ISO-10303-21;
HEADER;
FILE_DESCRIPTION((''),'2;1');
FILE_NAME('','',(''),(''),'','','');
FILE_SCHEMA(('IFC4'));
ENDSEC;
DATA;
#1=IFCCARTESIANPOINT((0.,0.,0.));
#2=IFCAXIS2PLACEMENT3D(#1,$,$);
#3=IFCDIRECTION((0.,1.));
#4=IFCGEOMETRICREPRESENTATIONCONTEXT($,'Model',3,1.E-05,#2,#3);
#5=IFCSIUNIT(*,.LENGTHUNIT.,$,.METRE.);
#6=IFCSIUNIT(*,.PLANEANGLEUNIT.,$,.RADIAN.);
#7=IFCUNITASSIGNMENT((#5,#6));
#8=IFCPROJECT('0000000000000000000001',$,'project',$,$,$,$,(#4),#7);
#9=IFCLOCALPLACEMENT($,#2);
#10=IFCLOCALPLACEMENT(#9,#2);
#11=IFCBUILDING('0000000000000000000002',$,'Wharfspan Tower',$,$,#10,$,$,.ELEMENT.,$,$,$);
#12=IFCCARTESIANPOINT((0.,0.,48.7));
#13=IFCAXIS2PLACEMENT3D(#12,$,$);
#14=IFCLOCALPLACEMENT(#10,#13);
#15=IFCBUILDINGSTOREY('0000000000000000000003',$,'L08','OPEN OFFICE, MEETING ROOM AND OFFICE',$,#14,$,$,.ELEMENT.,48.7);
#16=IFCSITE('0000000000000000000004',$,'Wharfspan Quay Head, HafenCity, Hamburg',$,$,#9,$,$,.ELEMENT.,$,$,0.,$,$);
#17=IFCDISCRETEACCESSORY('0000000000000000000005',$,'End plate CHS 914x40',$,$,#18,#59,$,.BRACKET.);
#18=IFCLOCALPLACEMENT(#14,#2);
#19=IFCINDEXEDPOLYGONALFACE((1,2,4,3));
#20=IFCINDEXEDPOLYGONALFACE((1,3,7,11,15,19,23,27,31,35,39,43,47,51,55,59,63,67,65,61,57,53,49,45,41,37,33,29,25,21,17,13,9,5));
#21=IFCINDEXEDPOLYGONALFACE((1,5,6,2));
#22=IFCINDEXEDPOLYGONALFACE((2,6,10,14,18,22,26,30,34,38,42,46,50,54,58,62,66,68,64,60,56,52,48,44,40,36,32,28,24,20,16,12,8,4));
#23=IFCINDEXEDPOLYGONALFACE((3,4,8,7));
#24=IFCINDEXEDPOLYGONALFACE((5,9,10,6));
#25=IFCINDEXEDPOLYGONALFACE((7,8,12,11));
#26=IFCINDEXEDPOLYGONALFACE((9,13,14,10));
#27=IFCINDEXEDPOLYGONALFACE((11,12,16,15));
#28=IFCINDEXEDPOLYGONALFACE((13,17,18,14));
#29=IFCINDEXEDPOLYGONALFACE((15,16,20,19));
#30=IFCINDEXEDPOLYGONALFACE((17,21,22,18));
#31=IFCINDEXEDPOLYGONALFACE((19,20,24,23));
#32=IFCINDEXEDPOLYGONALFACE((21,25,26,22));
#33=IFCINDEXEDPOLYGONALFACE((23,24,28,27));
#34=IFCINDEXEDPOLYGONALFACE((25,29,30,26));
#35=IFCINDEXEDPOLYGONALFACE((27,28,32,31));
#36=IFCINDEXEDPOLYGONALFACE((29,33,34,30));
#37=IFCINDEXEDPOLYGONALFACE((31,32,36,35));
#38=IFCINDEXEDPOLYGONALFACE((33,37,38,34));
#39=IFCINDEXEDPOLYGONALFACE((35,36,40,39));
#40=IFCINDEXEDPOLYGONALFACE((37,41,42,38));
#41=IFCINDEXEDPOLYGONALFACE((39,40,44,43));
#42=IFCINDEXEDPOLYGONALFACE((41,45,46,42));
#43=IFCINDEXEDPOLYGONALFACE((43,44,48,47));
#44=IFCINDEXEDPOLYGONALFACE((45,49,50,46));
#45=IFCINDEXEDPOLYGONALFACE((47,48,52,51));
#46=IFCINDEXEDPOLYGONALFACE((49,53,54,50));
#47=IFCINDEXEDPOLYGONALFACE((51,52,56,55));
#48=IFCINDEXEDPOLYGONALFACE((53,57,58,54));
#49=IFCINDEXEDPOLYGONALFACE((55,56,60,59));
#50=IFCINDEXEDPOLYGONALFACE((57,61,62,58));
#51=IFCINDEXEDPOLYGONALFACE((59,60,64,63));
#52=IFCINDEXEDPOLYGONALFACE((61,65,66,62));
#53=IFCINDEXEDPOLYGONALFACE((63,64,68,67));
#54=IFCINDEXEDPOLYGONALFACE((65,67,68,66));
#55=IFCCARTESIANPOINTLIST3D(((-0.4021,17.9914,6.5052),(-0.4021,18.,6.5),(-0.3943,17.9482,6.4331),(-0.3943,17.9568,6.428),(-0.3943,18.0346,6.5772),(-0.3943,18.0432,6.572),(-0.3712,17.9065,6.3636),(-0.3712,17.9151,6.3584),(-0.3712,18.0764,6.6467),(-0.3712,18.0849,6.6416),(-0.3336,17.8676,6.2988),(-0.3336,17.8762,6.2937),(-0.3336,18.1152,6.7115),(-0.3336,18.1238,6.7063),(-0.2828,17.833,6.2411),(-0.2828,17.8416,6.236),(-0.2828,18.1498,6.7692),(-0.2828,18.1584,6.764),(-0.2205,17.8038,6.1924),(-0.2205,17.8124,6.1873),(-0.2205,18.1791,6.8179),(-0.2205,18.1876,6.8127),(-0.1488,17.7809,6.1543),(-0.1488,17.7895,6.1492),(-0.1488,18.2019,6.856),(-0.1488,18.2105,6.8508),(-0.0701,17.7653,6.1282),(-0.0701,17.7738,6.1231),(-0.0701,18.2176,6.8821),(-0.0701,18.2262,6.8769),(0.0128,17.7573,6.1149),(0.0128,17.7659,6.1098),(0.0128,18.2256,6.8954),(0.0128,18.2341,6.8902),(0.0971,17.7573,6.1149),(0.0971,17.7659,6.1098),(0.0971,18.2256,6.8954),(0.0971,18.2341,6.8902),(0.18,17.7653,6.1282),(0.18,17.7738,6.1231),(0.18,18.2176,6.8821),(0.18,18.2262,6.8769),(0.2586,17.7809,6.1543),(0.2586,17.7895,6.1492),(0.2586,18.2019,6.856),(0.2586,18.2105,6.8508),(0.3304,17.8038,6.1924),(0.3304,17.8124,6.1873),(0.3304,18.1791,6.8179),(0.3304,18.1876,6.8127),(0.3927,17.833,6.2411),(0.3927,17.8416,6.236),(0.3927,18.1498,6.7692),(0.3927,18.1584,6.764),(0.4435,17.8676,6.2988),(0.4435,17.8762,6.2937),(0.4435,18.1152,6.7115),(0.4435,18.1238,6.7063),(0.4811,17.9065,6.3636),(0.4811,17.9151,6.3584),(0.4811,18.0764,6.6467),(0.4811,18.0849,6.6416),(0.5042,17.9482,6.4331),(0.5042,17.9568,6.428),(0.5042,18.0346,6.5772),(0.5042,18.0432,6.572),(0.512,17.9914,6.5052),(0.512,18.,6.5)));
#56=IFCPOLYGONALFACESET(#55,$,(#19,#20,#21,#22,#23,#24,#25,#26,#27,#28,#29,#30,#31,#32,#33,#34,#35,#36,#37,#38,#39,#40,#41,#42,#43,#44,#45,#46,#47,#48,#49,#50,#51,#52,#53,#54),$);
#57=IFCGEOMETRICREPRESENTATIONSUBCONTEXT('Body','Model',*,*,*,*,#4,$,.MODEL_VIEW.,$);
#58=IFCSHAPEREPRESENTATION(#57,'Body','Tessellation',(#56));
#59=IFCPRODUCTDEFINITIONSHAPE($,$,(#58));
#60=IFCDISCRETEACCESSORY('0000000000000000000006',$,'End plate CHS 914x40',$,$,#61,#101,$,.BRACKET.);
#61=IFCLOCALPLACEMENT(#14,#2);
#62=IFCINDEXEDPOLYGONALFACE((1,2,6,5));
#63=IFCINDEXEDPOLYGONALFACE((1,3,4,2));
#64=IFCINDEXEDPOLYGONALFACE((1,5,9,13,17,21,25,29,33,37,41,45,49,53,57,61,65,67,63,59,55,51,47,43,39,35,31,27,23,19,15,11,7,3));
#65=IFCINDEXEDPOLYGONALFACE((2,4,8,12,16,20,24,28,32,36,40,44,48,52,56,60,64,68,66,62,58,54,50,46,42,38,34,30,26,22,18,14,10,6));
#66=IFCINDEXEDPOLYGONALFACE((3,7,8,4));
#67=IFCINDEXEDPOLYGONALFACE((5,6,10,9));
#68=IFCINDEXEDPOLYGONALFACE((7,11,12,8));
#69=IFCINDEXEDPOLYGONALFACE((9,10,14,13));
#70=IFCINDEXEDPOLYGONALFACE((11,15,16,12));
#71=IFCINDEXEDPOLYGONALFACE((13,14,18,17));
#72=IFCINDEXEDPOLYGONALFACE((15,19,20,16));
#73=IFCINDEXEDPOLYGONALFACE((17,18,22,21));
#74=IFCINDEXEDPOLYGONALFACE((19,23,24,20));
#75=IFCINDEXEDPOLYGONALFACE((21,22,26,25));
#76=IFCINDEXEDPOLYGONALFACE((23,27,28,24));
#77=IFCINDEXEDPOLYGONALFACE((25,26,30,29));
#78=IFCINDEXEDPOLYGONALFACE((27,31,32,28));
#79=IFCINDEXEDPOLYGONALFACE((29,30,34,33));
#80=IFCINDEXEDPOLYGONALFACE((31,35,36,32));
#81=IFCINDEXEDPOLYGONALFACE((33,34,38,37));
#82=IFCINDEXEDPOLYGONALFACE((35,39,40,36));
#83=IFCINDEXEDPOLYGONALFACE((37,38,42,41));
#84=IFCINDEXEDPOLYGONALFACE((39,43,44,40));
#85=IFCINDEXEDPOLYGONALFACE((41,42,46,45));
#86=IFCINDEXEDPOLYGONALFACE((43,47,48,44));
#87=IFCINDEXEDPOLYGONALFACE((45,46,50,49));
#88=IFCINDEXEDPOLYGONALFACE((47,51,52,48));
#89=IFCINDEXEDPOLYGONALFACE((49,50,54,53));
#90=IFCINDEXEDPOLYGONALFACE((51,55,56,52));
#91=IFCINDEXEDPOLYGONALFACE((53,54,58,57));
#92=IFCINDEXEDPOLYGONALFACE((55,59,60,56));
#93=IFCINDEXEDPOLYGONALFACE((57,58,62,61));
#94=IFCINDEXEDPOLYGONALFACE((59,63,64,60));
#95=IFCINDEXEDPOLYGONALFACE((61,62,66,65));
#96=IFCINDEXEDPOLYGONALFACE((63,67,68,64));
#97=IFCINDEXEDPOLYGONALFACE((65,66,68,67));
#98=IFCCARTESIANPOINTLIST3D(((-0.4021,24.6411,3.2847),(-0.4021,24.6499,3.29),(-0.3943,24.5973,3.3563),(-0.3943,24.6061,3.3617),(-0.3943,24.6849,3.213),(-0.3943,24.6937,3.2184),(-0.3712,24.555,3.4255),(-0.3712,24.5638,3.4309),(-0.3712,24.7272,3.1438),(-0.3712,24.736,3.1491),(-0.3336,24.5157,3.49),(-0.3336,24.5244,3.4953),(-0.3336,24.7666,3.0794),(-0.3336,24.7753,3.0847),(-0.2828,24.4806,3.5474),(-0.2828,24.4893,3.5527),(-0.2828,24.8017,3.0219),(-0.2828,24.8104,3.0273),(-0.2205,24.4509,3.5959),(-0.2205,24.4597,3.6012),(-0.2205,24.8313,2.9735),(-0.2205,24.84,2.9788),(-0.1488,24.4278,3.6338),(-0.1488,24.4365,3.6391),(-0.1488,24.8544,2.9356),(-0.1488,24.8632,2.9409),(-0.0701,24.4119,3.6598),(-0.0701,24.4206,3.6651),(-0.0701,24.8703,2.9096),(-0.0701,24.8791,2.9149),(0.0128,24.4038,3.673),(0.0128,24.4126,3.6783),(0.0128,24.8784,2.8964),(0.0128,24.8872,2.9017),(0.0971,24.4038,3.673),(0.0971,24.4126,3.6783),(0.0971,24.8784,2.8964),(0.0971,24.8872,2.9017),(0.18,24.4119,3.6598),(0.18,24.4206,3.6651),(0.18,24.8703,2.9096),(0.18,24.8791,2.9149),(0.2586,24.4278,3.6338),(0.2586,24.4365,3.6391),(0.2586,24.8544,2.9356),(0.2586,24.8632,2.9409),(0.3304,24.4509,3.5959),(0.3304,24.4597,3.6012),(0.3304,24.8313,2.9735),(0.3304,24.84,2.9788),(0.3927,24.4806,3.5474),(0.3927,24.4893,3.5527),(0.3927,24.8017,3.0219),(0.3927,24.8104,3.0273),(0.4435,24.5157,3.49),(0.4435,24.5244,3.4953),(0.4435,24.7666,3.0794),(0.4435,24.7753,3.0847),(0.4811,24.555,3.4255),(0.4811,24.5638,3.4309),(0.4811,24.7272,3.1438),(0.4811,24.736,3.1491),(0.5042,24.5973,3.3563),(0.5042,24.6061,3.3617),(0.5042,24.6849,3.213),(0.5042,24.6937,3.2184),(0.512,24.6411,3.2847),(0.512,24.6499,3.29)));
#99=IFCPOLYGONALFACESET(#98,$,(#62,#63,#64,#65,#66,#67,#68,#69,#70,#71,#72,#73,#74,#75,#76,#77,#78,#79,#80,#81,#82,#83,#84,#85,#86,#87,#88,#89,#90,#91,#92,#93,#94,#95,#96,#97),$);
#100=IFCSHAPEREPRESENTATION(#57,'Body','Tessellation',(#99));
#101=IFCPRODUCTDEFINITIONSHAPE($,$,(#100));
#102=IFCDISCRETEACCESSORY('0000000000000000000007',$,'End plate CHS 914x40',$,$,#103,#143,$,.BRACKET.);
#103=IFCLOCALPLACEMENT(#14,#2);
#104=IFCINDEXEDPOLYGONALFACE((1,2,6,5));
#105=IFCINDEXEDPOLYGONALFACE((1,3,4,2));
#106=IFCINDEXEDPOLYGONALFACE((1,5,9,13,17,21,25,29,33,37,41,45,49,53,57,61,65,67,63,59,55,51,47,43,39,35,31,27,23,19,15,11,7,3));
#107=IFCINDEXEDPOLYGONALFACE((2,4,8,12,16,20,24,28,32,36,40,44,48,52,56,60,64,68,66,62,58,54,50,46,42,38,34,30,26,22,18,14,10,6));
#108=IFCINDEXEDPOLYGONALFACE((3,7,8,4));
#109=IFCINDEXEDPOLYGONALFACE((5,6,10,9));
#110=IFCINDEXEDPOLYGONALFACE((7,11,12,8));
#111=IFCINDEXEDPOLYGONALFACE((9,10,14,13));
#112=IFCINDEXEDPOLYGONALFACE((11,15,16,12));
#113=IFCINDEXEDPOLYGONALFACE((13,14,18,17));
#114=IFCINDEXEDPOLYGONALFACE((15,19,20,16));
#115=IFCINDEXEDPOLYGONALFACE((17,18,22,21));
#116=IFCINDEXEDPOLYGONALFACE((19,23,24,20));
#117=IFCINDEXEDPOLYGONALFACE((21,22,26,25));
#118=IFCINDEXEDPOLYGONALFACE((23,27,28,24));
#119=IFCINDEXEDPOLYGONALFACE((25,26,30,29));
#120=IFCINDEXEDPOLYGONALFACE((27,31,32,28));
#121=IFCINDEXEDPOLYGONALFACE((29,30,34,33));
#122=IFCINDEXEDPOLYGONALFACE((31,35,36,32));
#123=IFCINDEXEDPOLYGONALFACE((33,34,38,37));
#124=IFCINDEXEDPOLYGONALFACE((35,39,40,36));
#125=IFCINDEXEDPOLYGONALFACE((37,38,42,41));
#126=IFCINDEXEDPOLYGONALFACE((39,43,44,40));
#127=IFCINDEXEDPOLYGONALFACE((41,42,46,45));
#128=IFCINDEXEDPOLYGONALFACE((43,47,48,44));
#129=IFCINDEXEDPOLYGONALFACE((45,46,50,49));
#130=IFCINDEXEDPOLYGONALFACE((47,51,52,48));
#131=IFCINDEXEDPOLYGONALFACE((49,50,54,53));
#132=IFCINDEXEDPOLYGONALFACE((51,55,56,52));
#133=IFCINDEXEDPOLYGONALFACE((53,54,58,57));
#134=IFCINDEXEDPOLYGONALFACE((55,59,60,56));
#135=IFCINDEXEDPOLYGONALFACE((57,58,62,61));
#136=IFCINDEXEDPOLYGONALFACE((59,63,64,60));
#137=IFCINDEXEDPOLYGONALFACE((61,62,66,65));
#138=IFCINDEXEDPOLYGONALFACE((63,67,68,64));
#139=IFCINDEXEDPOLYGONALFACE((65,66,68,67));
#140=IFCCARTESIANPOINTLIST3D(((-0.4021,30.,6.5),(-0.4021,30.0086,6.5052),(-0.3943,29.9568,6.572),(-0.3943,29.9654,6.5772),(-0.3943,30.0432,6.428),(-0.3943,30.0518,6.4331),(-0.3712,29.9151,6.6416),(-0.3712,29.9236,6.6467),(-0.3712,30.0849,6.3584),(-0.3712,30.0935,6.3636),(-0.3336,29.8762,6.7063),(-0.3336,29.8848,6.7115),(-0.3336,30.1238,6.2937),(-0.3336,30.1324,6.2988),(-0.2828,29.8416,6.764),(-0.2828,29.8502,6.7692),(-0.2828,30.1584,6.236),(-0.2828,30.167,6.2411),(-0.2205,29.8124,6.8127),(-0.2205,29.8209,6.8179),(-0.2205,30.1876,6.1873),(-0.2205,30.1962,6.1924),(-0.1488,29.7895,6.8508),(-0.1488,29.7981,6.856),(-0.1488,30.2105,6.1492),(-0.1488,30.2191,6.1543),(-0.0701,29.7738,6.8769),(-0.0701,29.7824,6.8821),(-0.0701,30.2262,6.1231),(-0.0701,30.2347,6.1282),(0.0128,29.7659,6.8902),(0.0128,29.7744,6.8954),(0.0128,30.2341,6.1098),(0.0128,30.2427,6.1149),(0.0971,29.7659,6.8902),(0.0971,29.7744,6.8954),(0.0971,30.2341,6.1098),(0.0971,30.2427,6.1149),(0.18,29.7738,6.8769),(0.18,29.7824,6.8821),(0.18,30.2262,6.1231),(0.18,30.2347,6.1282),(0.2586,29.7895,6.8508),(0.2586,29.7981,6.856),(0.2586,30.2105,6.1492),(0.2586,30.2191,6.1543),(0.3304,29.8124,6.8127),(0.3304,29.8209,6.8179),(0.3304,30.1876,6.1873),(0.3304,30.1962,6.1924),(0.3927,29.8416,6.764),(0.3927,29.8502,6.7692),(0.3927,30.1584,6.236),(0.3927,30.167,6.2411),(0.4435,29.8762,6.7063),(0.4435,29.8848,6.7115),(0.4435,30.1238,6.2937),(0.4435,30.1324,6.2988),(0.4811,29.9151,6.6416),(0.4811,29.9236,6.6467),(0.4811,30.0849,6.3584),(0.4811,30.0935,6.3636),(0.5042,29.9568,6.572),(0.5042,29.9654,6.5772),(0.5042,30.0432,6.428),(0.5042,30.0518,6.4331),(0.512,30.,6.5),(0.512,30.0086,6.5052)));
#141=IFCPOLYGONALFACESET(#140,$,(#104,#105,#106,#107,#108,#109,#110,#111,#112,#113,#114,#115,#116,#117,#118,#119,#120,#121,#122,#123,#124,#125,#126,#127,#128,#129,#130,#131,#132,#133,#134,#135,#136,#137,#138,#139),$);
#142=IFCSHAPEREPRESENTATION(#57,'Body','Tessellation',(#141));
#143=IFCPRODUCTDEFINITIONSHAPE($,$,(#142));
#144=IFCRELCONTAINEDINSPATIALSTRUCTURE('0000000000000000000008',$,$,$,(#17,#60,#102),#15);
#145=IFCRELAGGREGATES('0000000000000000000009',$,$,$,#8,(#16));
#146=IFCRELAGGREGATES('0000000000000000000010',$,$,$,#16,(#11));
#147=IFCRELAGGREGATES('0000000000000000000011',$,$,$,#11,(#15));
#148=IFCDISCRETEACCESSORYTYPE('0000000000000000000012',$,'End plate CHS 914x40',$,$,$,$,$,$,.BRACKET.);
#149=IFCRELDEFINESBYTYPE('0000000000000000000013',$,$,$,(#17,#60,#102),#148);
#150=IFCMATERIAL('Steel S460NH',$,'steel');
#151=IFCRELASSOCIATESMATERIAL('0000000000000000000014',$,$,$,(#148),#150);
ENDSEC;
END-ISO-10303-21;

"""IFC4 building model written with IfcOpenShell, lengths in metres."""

from ifc_helpers import new_model, si_unit, direction, frame, origin, origin_2d, place, context, subcontext, project, spatial, circle, extrude, material, material_profile, profile_set, type_object, element, save


model = new_model("IFC4")

# Units and contexts
model_context = context("Model", 3, precision=1e-05, world=origin(), true_north=direction((0.0, 1.0)))
body_context = subcontext(model_context, "Body", "Model", "MODEL_VIEW")
ifc_project = project(units=[si_unit("LENGTHUNIT", "METRE"), si_unit("PLANEANGLEUNIT", "RADIAN")], contexts=[model_context])

# Site, building, storey
site_placement = place(None, origin())
site = spatial("IfcSite", under=ifc_project, at=site_placement, Name="Wharfspan Quay Head, HafenCity, Hamburg", CompositionType="ELEMENT", RefElevation=0.0)
building_placement = place(site_placement, origin())
building = spatial("IfcBuilding", under=site, at=building_placement, Name="Wharfspan Tower", CompositionType="ELEMENT")
storey_placement = place(building_placement, frame((0.0, 0.0, 48.7)))
storey = spatial("IfcBuildingStorey", under=building, at=storey_placement, Name="L08", Description="OPEN OFFICE, MEETING ROOM AND OFFICE", CompositionType="ELEMENT", Elevation=48.7)

# Shared definitions
ifc_material_1 = material(Name="Steel S460NH", Category="steel")

# Discrete accessories
ifc_material_profile_1 = material_profile(ifc_material_1, circle(Radius=0.457, at=origin_2d()))
ifc_profile_set_1 = profile_set([ifc_material_profile_1], Name="Steel S460NH")
discrete_accessory_type = type_object("IfcDiscreteAccessoryType", Name="End plate CHS 914x40", PredefinedType="BRACKET", material=ifc_profile_set_1)
discrete_accessory_1_placement = place(storey_placement, frame((0.0549, 18.0, 6.5), z_axis=(0.0, -0.857493, 0.514496), x_axis=(1.0, 0.0, 0.0)))
element("IfcDiscreteAccessory", 1, at=discrete_accessory_1_placement, inside=storey, type_object=discrete_accessory_type, Name="End plate CHS 914x40", PredefinedType="BRACKET", context=body_context, shape_type="SweptSolid", body=[
    extrude(circle(Radius=0.457, at=origin_2d()), origin(), (0.0, 0.0, 1.0), 0.01),
])
discrete_accessory_2_placement = place(storey_placement, frame((0.0549, 24.6411, 3.2847), z_axis=(0.0, 0.853282, 0.52145), x_axis=(-1.0, 0.0, 0.0)))
element("IfcDiscreteAccessory", 2, at=discrete_accessory_2_placement, inside=storey, type_object=discrete_accessory_type, Name="End plate CHS 914x40", PredefinedType="BRACKET", context=body_context, shape_type="SweptSolid", body=[
    extrude(circle(Radius=0.457, at=origin_2d()), origin(), (0.0, 0.0, 1.0), 0.0103),
])
discrete_accessory_3_placement = place(storey_placement, frame((0.0549, 30.0, 6.5), z_axis=(0.0, 0.857493, 0.514496), x_axis=(-1.0, 0.0, 0.0)))
element("IfcDiscreteAccessory", 3, at=discrete_accessory_3_placement, inside=storey, type_object=discrete_accessory_type, Name="End plate CHS 914x40", PredefinedType="BRACKET", context=body_context, shape_type="SweptSolid", body=[
    extrude(circle(Radius=0.457, at=origin_2d()), origin(), (0.0, 0.0, 1.0), 0.01),
])

save(model, "model.ifc")
